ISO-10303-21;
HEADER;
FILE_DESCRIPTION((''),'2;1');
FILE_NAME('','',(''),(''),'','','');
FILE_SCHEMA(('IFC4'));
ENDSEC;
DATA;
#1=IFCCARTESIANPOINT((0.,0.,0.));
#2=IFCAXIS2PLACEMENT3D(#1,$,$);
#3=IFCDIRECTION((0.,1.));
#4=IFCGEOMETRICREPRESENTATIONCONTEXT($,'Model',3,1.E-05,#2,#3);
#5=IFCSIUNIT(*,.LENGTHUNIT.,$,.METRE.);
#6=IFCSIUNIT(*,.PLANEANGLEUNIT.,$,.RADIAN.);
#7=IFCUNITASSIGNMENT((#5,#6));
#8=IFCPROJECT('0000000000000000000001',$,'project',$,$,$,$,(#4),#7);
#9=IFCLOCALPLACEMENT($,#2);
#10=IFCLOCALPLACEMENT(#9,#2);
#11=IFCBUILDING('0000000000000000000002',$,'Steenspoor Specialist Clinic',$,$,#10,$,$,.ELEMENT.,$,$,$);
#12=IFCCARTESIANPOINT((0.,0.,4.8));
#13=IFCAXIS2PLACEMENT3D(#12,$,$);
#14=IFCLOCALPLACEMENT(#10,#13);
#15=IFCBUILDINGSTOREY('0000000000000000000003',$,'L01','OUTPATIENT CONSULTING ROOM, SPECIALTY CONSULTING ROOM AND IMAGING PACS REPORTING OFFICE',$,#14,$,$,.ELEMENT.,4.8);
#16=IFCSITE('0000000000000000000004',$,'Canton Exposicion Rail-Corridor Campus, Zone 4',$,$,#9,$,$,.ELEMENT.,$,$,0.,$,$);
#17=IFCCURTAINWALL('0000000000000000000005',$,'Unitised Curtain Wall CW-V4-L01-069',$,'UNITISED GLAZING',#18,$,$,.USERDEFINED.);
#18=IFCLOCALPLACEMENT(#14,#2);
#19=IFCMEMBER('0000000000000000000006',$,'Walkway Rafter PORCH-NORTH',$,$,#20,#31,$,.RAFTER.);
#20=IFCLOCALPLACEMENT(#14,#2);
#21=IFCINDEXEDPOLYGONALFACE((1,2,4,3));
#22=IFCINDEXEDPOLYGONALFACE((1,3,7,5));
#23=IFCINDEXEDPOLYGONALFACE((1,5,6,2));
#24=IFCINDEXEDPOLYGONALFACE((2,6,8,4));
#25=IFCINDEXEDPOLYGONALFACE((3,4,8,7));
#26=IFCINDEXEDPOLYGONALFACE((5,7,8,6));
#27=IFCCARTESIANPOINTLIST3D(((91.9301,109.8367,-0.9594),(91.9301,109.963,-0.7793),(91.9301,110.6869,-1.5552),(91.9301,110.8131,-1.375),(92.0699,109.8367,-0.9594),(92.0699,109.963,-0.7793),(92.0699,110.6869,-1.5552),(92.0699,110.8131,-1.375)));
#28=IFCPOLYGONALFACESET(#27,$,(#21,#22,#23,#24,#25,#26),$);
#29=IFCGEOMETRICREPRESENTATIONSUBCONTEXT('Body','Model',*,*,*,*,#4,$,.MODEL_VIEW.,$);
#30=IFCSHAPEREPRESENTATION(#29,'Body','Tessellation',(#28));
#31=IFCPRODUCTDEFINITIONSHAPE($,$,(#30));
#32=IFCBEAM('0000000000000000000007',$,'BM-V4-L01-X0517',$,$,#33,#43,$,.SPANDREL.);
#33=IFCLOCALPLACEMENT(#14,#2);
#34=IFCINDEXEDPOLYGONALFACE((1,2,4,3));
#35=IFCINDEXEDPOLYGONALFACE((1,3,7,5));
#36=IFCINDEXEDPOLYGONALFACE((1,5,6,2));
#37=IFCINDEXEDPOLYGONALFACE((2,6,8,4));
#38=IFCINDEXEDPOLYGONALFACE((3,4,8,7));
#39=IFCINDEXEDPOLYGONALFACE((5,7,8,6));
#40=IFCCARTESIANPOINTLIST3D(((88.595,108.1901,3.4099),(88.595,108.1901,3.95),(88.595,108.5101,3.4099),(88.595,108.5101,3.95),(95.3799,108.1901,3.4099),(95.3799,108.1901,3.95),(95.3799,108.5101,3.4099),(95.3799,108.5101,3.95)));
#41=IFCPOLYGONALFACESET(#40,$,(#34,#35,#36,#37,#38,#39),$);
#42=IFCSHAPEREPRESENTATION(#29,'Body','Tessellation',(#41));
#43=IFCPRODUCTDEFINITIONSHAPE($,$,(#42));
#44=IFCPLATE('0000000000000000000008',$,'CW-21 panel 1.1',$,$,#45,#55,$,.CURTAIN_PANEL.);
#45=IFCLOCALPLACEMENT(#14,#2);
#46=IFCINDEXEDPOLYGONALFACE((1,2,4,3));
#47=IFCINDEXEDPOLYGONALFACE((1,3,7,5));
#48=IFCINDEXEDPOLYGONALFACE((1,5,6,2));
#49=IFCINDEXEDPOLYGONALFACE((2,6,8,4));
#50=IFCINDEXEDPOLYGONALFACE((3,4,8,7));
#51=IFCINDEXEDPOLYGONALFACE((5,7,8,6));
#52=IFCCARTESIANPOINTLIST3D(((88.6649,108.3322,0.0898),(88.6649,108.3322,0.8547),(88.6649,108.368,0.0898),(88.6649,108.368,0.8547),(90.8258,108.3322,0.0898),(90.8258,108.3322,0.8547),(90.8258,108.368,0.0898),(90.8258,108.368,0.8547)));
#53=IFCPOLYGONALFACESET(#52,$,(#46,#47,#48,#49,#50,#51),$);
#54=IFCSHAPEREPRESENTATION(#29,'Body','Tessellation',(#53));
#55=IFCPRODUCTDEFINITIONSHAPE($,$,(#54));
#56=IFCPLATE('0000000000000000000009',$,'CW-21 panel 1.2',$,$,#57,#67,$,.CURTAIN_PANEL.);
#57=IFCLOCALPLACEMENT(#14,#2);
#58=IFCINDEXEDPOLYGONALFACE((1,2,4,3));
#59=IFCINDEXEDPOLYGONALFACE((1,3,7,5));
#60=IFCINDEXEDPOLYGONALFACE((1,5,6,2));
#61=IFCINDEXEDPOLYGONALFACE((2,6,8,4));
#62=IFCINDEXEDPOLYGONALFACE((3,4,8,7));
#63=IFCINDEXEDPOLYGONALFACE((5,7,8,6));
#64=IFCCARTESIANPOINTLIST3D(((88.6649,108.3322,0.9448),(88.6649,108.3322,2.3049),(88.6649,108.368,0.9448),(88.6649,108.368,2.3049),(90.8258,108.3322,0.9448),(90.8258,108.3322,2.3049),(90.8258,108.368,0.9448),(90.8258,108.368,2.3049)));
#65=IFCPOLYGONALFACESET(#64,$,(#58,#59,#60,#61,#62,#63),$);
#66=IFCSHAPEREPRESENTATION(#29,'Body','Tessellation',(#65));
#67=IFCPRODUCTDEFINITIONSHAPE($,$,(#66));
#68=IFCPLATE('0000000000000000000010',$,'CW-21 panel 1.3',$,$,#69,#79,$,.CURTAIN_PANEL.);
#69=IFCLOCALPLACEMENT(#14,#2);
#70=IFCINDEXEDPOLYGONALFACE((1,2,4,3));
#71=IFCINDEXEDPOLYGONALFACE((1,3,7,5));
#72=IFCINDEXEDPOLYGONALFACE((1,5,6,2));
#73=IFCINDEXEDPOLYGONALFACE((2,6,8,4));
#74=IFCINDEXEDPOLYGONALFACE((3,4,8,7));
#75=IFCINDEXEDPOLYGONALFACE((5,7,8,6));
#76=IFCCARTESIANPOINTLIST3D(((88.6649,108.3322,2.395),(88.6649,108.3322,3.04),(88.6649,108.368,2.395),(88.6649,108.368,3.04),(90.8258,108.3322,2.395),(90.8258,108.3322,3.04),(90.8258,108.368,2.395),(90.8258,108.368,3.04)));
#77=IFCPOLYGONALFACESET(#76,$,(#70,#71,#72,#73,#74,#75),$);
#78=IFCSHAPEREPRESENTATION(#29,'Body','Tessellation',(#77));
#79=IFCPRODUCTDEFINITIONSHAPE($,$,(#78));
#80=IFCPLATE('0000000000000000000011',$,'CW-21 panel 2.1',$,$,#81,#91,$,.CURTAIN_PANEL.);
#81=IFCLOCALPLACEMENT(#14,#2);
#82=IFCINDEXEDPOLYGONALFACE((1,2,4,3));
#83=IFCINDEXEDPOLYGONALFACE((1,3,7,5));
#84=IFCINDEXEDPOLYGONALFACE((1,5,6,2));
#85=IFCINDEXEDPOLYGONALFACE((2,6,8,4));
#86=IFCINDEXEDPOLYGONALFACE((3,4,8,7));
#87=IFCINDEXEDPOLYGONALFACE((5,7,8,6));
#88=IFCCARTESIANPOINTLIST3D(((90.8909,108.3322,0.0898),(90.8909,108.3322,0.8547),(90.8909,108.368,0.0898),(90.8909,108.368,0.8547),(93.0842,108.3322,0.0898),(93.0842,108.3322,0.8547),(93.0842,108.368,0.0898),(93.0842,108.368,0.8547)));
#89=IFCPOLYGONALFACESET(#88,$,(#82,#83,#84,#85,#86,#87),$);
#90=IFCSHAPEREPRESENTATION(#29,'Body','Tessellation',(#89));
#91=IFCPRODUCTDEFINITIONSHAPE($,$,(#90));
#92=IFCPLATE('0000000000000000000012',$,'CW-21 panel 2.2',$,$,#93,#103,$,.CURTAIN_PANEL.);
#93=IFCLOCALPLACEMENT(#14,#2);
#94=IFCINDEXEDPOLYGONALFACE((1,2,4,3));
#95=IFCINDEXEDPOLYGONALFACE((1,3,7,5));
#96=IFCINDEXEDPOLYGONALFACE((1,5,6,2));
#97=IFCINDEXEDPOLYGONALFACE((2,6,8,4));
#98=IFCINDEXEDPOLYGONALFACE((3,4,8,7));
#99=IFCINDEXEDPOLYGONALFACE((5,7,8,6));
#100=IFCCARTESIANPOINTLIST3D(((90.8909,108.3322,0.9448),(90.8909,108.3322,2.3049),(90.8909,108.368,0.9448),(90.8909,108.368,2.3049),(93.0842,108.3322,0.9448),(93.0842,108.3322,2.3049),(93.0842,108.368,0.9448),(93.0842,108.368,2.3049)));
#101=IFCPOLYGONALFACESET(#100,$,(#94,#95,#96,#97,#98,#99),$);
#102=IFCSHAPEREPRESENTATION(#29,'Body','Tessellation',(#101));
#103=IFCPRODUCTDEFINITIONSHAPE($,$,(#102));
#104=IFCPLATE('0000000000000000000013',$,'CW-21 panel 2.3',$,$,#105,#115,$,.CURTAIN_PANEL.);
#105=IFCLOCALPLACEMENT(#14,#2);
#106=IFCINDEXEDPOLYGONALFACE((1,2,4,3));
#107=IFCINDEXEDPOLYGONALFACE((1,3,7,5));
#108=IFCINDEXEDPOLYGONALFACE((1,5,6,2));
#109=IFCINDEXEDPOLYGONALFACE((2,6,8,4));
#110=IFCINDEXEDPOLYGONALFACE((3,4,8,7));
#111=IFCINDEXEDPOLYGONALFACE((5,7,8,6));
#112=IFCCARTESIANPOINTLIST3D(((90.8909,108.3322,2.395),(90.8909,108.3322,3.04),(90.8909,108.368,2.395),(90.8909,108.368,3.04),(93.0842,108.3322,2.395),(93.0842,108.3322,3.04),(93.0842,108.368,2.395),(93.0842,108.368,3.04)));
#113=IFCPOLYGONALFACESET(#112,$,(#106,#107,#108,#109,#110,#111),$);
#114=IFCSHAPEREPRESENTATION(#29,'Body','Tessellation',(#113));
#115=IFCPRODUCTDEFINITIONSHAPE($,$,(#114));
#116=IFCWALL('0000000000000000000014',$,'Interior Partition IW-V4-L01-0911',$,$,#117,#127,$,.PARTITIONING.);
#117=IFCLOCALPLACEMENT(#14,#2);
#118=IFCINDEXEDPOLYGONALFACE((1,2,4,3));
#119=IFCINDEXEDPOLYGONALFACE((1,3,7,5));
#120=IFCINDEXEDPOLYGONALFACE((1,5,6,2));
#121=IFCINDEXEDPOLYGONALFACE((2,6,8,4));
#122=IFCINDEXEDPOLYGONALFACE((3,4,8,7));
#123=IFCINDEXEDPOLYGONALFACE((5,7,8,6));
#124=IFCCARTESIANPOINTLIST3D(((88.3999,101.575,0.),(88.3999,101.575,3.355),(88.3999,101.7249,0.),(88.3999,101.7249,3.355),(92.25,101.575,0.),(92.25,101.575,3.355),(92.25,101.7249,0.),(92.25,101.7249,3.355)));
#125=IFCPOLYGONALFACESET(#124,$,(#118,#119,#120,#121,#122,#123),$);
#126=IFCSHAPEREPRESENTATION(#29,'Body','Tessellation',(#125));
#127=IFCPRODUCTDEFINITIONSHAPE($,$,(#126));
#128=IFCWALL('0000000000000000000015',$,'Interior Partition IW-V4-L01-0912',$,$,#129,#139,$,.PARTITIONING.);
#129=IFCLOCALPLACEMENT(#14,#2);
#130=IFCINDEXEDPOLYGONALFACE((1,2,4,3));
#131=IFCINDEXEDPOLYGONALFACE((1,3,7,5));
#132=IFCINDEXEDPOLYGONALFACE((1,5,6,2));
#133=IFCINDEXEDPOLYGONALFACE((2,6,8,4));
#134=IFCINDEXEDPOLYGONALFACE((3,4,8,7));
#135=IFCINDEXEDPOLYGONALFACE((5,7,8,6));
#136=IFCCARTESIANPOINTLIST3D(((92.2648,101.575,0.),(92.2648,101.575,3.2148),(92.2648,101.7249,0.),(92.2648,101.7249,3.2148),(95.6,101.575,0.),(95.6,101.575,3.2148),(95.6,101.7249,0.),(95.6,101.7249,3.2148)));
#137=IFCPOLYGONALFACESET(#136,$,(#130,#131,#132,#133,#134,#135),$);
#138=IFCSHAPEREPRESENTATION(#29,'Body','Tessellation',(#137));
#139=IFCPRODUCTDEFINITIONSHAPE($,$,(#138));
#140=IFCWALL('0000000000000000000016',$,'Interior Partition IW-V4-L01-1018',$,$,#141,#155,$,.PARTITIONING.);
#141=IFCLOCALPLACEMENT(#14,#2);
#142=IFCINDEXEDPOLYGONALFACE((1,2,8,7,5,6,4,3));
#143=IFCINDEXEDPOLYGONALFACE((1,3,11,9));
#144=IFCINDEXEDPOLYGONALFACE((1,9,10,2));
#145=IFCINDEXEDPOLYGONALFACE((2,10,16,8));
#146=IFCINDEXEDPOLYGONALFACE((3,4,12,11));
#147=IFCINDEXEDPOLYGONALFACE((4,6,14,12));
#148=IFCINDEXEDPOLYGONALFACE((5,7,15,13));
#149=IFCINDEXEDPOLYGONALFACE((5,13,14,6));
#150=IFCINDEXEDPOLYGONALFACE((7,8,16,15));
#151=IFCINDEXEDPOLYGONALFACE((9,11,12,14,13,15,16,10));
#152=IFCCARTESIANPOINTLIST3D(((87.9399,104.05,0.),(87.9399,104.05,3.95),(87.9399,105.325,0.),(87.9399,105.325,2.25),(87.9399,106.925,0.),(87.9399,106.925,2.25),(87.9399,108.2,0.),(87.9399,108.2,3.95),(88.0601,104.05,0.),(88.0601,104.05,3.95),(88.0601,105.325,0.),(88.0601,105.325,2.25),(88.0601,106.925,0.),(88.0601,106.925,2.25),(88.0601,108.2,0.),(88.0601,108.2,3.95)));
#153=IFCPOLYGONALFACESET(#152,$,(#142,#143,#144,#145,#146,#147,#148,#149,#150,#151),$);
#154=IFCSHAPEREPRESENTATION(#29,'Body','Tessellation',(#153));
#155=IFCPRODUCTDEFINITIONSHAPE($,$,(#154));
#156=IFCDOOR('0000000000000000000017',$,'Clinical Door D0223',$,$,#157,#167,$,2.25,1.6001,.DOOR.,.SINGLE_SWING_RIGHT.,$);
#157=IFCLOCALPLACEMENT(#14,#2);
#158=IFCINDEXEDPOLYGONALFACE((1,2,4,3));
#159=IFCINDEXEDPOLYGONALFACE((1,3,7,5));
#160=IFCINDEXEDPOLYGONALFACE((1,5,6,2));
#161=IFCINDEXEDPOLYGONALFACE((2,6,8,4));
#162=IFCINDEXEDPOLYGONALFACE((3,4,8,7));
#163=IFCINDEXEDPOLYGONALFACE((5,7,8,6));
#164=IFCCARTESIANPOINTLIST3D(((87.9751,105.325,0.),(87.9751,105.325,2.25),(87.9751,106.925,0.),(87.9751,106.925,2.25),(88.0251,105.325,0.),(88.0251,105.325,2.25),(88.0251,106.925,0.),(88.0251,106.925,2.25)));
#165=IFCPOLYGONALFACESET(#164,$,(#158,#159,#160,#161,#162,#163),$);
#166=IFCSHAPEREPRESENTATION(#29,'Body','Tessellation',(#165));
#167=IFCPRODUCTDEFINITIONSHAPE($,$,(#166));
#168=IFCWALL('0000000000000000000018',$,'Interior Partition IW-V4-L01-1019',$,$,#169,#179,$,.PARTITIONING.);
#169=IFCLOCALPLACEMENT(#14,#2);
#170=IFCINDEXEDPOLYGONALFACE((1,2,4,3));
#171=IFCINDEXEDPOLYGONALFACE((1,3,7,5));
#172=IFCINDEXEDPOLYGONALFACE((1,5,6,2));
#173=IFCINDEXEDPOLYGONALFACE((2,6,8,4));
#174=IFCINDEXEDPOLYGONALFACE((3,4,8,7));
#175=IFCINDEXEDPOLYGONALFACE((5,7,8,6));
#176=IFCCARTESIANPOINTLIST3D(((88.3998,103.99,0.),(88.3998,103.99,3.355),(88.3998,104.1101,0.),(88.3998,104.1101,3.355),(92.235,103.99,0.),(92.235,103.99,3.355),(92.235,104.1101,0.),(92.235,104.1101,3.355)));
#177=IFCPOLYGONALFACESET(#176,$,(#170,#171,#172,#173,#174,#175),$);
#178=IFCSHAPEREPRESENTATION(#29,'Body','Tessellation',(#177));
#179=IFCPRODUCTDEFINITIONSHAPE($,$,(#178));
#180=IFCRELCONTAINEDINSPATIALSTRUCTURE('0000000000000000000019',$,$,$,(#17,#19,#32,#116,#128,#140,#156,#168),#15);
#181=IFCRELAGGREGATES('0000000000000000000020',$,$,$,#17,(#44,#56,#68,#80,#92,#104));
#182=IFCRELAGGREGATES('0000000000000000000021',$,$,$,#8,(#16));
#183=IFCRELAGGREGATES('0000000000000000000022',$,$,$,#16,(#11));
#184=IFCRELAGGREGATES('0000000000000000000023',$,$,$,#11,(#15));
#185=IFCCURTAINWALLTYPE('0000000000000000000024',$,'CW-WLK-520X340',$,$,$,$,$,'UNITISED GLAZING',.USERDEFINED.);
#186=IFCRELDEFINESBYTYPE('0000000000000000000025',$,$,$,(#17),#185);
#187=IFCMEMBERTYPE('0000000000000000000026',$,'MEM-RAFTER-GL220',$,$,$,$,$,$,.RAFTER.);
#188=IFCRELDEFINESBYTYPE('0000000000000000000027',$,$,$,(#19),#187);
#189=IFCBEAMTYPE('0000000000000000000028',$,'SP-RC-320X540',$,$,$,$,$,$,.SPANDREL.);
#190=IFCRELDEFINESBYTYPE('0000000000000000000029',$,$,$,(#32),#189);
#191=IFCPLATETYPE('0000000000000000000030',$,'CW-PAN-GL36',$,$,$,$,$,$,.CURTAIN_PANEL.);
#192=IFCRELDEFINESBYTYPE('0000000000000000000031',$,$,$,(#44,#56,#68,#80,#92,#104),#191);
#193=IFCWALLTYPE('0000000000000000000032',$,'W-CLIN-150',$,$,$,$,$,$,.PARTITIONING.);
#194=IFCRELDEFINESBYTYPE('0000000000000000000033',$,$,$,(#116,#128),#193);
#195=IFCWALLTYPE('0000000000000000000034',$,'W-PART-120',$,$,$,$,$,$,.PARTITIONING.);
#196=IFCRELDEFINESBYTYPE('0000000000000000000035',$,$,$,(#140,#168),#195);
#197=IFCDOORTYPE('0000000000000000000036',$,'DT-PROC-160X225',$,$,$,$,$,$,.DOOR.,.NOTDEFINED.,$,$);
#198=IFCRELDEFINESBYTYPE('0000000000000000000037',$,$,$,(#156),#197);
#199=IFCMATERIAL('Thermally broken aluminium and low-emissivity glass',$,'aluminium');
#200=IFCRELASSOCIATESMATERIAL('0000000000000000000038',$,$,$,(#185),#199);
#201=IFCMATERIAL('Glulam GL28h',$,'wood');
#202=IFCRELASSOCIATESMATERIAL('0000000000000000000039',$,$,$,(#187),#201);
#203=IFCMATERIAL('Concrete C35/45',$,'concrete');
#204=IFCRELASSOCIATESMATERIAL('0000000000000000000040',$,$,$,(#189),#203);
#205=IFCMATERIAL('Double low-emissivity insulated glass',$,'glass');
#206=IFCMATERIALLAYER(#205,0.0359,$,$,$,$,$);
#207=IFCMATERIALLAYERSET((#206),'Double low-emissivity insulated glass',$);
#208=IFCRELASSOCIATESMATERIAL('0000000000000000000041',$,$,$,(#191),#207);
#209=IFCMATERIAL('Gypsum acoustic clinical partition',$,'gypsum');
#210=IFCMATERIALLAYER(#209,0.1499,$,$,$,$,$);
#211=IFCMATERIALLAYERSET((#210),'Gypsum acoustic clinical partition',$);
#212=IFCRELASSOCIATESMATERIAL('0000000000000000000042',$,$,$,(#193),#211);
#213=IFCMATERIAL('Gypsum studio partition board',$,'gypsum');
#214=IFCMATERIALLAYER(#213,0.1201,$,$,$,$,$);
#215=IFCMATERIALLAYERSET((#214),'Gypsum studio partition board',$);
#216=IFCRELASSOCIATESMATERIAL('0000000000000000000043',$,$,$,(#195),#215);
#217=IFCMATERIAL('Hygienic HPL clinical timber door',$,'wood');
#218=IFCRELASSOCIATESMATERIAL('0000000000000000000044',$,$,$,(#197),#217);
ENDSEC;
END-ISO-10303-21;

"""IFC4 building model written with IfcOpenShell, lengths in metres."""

from ifc_helpers import new_model, si_unit, direction, frame, frame_2d, origin, origin_2d, place, context, subcontext, project, spatial, rectangle, extrude, material, layer, layer_set, material_profile, profile_set, type_object, element, fill, aggregate, save


model = new_model("IFC4")

# Units and contexts
model_context = context("Model", 3, precision=1e-05, world=origin(), true_north=direction((0.0, 1.0)))
body_context = subcontext(model_context, "Body", "Model", "MODEL_VIEW")
ifc_project = project(units=[si_unit("LENGTHUNIT", "METRE"), si_unit("PLANEANGLEUNIT", "RADIAN")], contexts=[model_context])

# Site, building, storey
site_placement = place(None, origin())
site = spatial("IfcSite", under=ifc_project, at=site_placement, Name="Canton Exposicion Rail-Corridor Campus, Zone 4", CompositionType="ELEMENT", RefElevation=0.0)
building_placement = place(site_placement, origin())
building = spatial("IfcBuilding", under=site, at=building_placement, Name="Steenspoor Specialist Clinic", CompositionType="ELEMENT")
storey_placement = place(building_placement, frame((0.0, 0.0, 4.8)))
storey = spatial("IfcBuildingStorey", under=building, at=storey_placement, Name="L01", Description="OUTPATIENT CONSULTING ROOM, SPECIALTY CONSULTING ROOM AND IMAGING PACS REPORTING OFFICE", CompositionType="ELEMENT", Elevation=4.8)

# Shared definitions
ifc_material_1 = material(Name="Concrete C35/45", Category="concrete")

# Curtain wall
ifc_material_2 = material(Name="Thermally broken aluminium and low-emissivity glass", Category="aluminium")
curtain_wall_type = type_object("IfcCurtainWallType", Name="CW-WLK-520X340", ElementType="UNITISED GLAZING", PredefinedType="USERDEFINED", material=ifc_material_2)
curtain_wall_placement = place(storey_placement, origin())
curtain_wall = element("IfcCurtainWall", 1, at=curtain_wall_placement, inside=storey, type_object=curtain_wall_type, Name="Unitised Curtain Wall CW-V4-L01-069", ObjectType="UNITISED GLAZING", PredefinedType="USERDEFINED")

# Member
ifc_material_3 = material(Name="Glulam GL28h", Category="wood")
ifc_material_profile_1 = material_profile(ifc_material_3, rectangle(XDim=0.1399, YDim=0.22, at=origin_2d()), Name="GL28H-140X220")
ifc_profile_set_1 = profile_set([ifc_material_profile_1], Name="Glulam GL28h")
member_type_1 = type_object("IfcMemberType", Name="MEM-RAFTER-GL220", PredefinedType="RAFTER", material=ifc_profile_set_1)
member_1_placement = place(storey_placement, frame((92.0, 110.75, -1.4651), z_axis=(0.0, -0.818945, 0.573873), x_axis=(1.0, 0.0, 0.0)))
element("IfcMember", 2, at=member_1_placement, inside=storey, type_object=member_type_1, Name="Walkway Rafter PORCH-NORTH", PredefinedType="RAFTER", context=body_context, shape_type="SweptSolid", body=[
    extrude(rectangle(XDim=0.1399, YDim=0.22, at=origin_2d()), origin(), (0.0, 0.0, 1.0), 1.0381),
])

# Beam
ifc_material_profile_2 = material_profile(ifc_material_1, rectangle(XDim=0.3201, YDim=0.54, at=origin_2d()), Name="RC-SP-320X540")
ifc_profile_set_2 = profile_set([ifc_material_profile_2], Name="Concrete C35/45")
beam_type_1 = type_object("IfcBeamType", Name="SP-RC-320X540", PredefinedType="SPANDREL", material=ifc_profile_set_2)
beam_1_placement = place(storey_placement, frame((88.595, 108.3501, 3.6799), z_axis=(1.0, 0.0, 0.0), x_axis=(0.0, 1.0, 0.0)))
element("IfcBeam", 3, at=beam_1_placement, inside=storey, type_object=beam_type_1, Name="BM-V4-L01-X0517", PredefinedType="SPANDREL", context=body_context, shape_type="SweptSolid", body=[
    extrude(rectangle(XDim=0.3201, YDim=0.54, at=origin_2d()), origin(), (0.0, 0.0, 1.0), 6.7849),
])

# Plates
ifc_material_4 = material(Name="Double low-emissivity insulated glass", Category="glass")
ifc_layer_1 = layer(ifc_material_4, 0.0359)
ifc_layer_set_1 = layer_set([ifc_layer_1], Name="Double low-emissivity insulated glass")
plate_type = type_object("IfcPlateType", Name="CW-PAN-GL36", PredefinedType="CURTAIN_PANEL", material=ifc_layer_set_1)
plate_1_placement = place(storey_placement, frame((89.7454, 108.3501, 0.0898), z_axis=(0.0, 0.0, 1.0), x_axis=(1.0, 0.0, 0.0)))
plate_1 = element("IfcPlate", 4, at=plate_1_placement, type_object=plate_type, Name="CW-21 panel 1.1", PredefinedType="CURTAIN_PANEL", context=body_context, shape_type="SweptSolid", body=[
    extrude(rectangle(XDim=2.1609, YDim=0.0359, at=origin_2d()), origin(), (0.0, 0.0, 1.0), 0.7649),
])
plate_2_placement = place(storey_placement, frame((89.7454, 108.3501, 0.9448), z_axis=(0.0, 0.0, 1.0), x_axis=(1.0, 0.0, 0.0)))
plate_2 = element("IfcPlate", 5, at=plate_2_placement, type_object=plate_type, Name="CW-21 panel 1.2", PredefinedType="CURTAIN_PANEL", context=body_context, shape_type="SweptSolid", body=[
    extrude(rectangle(XDim=2.1609, YDim=0.0359, at=origin_2d()), origin(), (0.0, 0.0, 1.0), 1.3601),
])
plate_3_placement = place(storey_placement, frame((89.7454, 108.3501, 2.395), z_axis=(0.0, 0.0, 1.0), x_axis=(1.0, 0.0, 0.0)))
plate_3 = element("IfcPlate", 6, at=plate_3_placement, type_object=plate_type, Name="CW-21 panel 1.3", PredefinedType="CURTAIN_PANEL", context=body_context, shape_type="SweptSolid", body=[
    extrude(rectangle(XDim=2.1609, YDim=0.0359, at=origin_2d()), origin(), (0.0, 0.0, 1.0), 0.645),
])
plate_4_placement = place(storey_placement, frame((91.9875, 108.3501, 0.0898), z_axis=(0.0, 0.0, 1.0), x_axis=(1.0, 0.0, 0.0)))
plate_4 = element("IfcPlate", 7, at=plate_4_placement, type_object=plate_type, Name="CW-21 panel 2.1", PredefinedType="CURTAIN_PANEL", context=body_context, shape_type="SweptSolid", body=[
    extrude(rectangle(XDim=2.1934, YDim=0.0359, at=origin_2d()), origin(), (0.0, 0.0, 1.0), 0.7649),
])
plate_5_placement = place(storey_placement, frame((91.9875, 108.3501, 0.9448), z_axis=(0.0, 0.0, 1.0), x_axis=(1.0, 0.0, 0.0)))
plate_5 = element("IfcPlate", 8, at=plate_5_placement, type_object=plate_type, Name="CW-21 panel 2.2", PredefinedType="CURTAIN_PANEL", context=body_context, shape_type="SweptSolid", body=[
    extrude(rectangle(XDim=2.1934, YDim=0.0359, at=origin_2d()), origin(), (0.0, 0.0, 1.0), 1.3601),
])
plate_6_placement = place(storey_placement, frame((91.9875, 108.3501, 2.395), z_axis=(0.0, 0.0, 1.0), x_axis=(1.0, 0.0, 0.0)))
plate_6 = element("IfcPlate", 9, at=plate_6_placement, type_object=plate_type, Name="CW-21 panel 2.3", PredefinedType="CURTAIN_PANEL", context=body_context, shape_type="SweptSolid", body=[
    extrude(rectangle(XDim=2.1934, YDim=0.0359, at=origin_2d()), origin(), (0.0, 0.0, 1.0), 0.645),
])
aggregate(curtain_wall, [plate_1, plate_2, plate_3, plate_4, plate_5, plate_6])

# Walls
ifc_material_5 = material(Name="Gypsum acoustic clinical partition", Category="gypsum")
ifc_layer_2 = layer(ifc_material_5, 0.1499)
ifc_layer_set_2 = layer_set([ifc_layer_2], Name="Gypsum acoustic clinical partition")
wall_type_1 = type_object("IfcWallType", Name="W-CLIN-150", PredefinedType="PARTITIONING", material=ifc_layer_set_2)
wall_1_placement = place(storey_placement, frame((88.3999, 101.6499, 0.0), z_axis=(0.0, 0.0, 1.0), x_axis=(1.0, 0.0, 0.0)))
element("IfcWall", 10, at=wall_1_placement, inside=storey, type_object=wall_type_1, Name="Interior Partition IW-V4-L01-0911", PredefinedType="PARTITIONING", context=body_context, shape_type="SweptSolid", body=[
    extrude(rectangle(XDim=3.8501, YDim=0.1499, at=frame_2d((1.925, 0.0))), origin(), (0.0, 0.0, 1.0), 3.355),
])
wall_2_placement = place(storey_placement, frame((92.2649, 101.6499, 0.0), z_axis=(0.0, 0.0, 1.0), x_axis=(1.0, 0.0, 0.0)))
element("IfcWall", 11, at=wall_2_placement, inside=storey, type_object=wall_type_1, Name="Interior Partition IW-V4-L01-0912", PredefinedType="PARTITIONING", context=body_context, shape_type="SweptSolid", body=[
    extrude(rectangle(XDim=3.3352, YDim=0.1499, at=frame_2d((1.6675, 0.0))), origin(), (0.0, 0.0, 1.0), 3.2148),
])

# Wall, opening, door
ifc_material_6 = material(Name="Gypsum studio partition board", Category="gypsum")
ifc_layer_3 = layer(ifc_material_6, 0.1201)
ifc_layer_set_3 = layer_set([ifc_layer_3], Name="Gypsum studio partition board")
wall_type_2 = type_object("IfcWallType", Name="W-PART-120", PredefinedType="PARTITIONING", material=ifc_layer_set_3)
wall_3_placement = place(storey_placement, frame((88.0, 104.05, 0.0), z_axis=(0.0, 0.0, 1.0), x_axis=(0.0, 1.0, 0.0)))
wall_3 = element("IfcWall", 12, at=wall_3_placement, inside=storey, type_object=wall_type_2, Name="Interior Partition IW-V4-L01-1018", PredefinedType="PARTITIONING", context=body_context, shape_type="SweptSolid", body=[
    extrude(rectangle(XDim=4.1499, YDim=0.1201, at=frame_2d((2.075, 0.0))), origin(), (0.0, 0.0, 1.0), 3.95),
])
opening_1_placement = place(wall_3_placement, frame((1.2749, 0.0, 0.0)))
opening_1 = element("IfcOpeningElement", 13, at=opening_1_placement, cuts=wall_3, PredefinedType="OPENING", context=body_context, shape_type="SweptSolid", body=[
    extrude(rectangle(XDim=1.6001, YDim=2.25, at=frame_2d((0.8, 1.125))), frame((0.0, 0.0701, 0.0), z_axis=(0.0, -1.0, 0.0), x_axis=(1.0, 0.0, 0.0)), (0.0, 0.0, 1.0), 0.1401),
])
ifc_material_7 = material(Name="Hygienic HPL clinical timber door", Category="wood")
door_type_1 = type_object("IfcDoorType", Name="DT-PROC-160X225", OperationType="NOTDEFINED", PredefinedType="DOOR", material=ifc_material_7)
door_1_placement = place(opening_1_placement, origin())
door_1 = element("IfcDoor", 14, at=door_1_placement, inside=storey, type_object=door_type_1, Name="Clinical Door D0223", OperationType="SINGLE_SWING_RIGHT", OverallHeight=2.25, OverallWidth=1.6001, PredefinedType="DOOR", context=body_context, shape_type="SweptSolid", body=[
    extrude(rectangle(XDim=1.6001, YDim=2.25, at=frame_2d((0.8, 1.125))), frame((0.0, 0.0249, 0.0), z_axis=(0.0, -1.0, 0.0), x_axis=(1.0, 0.0, 0.0)), (0.0, 0.0, 1.0), 0.05),
])
fill(opening_1, door_1)

# Wall
wall_4_placement = place(storey_placement, frame((88.3999, 104.05, 0.0), z_axis=(0.0, 0.0, 1.0), x_axis=(1.0, 0.0, 0.0)))
element("IfcWall", 15, at=wall_4_placement, inside=storey, type_object=wall_type_2, Name="Interior Partition IW-V4-L01-1019", PredefinedType="PARTITIONING", context=body_context, shape_type="SweptSolid", body=[
    extrude(rectangle(XDim=3.8352, YDim=0.1201, at=frame_2d((1.9175, 0.0))), origin(), (0.0, 0.0, 1.0), 3.355),
])

save(model, "model.ifc")
